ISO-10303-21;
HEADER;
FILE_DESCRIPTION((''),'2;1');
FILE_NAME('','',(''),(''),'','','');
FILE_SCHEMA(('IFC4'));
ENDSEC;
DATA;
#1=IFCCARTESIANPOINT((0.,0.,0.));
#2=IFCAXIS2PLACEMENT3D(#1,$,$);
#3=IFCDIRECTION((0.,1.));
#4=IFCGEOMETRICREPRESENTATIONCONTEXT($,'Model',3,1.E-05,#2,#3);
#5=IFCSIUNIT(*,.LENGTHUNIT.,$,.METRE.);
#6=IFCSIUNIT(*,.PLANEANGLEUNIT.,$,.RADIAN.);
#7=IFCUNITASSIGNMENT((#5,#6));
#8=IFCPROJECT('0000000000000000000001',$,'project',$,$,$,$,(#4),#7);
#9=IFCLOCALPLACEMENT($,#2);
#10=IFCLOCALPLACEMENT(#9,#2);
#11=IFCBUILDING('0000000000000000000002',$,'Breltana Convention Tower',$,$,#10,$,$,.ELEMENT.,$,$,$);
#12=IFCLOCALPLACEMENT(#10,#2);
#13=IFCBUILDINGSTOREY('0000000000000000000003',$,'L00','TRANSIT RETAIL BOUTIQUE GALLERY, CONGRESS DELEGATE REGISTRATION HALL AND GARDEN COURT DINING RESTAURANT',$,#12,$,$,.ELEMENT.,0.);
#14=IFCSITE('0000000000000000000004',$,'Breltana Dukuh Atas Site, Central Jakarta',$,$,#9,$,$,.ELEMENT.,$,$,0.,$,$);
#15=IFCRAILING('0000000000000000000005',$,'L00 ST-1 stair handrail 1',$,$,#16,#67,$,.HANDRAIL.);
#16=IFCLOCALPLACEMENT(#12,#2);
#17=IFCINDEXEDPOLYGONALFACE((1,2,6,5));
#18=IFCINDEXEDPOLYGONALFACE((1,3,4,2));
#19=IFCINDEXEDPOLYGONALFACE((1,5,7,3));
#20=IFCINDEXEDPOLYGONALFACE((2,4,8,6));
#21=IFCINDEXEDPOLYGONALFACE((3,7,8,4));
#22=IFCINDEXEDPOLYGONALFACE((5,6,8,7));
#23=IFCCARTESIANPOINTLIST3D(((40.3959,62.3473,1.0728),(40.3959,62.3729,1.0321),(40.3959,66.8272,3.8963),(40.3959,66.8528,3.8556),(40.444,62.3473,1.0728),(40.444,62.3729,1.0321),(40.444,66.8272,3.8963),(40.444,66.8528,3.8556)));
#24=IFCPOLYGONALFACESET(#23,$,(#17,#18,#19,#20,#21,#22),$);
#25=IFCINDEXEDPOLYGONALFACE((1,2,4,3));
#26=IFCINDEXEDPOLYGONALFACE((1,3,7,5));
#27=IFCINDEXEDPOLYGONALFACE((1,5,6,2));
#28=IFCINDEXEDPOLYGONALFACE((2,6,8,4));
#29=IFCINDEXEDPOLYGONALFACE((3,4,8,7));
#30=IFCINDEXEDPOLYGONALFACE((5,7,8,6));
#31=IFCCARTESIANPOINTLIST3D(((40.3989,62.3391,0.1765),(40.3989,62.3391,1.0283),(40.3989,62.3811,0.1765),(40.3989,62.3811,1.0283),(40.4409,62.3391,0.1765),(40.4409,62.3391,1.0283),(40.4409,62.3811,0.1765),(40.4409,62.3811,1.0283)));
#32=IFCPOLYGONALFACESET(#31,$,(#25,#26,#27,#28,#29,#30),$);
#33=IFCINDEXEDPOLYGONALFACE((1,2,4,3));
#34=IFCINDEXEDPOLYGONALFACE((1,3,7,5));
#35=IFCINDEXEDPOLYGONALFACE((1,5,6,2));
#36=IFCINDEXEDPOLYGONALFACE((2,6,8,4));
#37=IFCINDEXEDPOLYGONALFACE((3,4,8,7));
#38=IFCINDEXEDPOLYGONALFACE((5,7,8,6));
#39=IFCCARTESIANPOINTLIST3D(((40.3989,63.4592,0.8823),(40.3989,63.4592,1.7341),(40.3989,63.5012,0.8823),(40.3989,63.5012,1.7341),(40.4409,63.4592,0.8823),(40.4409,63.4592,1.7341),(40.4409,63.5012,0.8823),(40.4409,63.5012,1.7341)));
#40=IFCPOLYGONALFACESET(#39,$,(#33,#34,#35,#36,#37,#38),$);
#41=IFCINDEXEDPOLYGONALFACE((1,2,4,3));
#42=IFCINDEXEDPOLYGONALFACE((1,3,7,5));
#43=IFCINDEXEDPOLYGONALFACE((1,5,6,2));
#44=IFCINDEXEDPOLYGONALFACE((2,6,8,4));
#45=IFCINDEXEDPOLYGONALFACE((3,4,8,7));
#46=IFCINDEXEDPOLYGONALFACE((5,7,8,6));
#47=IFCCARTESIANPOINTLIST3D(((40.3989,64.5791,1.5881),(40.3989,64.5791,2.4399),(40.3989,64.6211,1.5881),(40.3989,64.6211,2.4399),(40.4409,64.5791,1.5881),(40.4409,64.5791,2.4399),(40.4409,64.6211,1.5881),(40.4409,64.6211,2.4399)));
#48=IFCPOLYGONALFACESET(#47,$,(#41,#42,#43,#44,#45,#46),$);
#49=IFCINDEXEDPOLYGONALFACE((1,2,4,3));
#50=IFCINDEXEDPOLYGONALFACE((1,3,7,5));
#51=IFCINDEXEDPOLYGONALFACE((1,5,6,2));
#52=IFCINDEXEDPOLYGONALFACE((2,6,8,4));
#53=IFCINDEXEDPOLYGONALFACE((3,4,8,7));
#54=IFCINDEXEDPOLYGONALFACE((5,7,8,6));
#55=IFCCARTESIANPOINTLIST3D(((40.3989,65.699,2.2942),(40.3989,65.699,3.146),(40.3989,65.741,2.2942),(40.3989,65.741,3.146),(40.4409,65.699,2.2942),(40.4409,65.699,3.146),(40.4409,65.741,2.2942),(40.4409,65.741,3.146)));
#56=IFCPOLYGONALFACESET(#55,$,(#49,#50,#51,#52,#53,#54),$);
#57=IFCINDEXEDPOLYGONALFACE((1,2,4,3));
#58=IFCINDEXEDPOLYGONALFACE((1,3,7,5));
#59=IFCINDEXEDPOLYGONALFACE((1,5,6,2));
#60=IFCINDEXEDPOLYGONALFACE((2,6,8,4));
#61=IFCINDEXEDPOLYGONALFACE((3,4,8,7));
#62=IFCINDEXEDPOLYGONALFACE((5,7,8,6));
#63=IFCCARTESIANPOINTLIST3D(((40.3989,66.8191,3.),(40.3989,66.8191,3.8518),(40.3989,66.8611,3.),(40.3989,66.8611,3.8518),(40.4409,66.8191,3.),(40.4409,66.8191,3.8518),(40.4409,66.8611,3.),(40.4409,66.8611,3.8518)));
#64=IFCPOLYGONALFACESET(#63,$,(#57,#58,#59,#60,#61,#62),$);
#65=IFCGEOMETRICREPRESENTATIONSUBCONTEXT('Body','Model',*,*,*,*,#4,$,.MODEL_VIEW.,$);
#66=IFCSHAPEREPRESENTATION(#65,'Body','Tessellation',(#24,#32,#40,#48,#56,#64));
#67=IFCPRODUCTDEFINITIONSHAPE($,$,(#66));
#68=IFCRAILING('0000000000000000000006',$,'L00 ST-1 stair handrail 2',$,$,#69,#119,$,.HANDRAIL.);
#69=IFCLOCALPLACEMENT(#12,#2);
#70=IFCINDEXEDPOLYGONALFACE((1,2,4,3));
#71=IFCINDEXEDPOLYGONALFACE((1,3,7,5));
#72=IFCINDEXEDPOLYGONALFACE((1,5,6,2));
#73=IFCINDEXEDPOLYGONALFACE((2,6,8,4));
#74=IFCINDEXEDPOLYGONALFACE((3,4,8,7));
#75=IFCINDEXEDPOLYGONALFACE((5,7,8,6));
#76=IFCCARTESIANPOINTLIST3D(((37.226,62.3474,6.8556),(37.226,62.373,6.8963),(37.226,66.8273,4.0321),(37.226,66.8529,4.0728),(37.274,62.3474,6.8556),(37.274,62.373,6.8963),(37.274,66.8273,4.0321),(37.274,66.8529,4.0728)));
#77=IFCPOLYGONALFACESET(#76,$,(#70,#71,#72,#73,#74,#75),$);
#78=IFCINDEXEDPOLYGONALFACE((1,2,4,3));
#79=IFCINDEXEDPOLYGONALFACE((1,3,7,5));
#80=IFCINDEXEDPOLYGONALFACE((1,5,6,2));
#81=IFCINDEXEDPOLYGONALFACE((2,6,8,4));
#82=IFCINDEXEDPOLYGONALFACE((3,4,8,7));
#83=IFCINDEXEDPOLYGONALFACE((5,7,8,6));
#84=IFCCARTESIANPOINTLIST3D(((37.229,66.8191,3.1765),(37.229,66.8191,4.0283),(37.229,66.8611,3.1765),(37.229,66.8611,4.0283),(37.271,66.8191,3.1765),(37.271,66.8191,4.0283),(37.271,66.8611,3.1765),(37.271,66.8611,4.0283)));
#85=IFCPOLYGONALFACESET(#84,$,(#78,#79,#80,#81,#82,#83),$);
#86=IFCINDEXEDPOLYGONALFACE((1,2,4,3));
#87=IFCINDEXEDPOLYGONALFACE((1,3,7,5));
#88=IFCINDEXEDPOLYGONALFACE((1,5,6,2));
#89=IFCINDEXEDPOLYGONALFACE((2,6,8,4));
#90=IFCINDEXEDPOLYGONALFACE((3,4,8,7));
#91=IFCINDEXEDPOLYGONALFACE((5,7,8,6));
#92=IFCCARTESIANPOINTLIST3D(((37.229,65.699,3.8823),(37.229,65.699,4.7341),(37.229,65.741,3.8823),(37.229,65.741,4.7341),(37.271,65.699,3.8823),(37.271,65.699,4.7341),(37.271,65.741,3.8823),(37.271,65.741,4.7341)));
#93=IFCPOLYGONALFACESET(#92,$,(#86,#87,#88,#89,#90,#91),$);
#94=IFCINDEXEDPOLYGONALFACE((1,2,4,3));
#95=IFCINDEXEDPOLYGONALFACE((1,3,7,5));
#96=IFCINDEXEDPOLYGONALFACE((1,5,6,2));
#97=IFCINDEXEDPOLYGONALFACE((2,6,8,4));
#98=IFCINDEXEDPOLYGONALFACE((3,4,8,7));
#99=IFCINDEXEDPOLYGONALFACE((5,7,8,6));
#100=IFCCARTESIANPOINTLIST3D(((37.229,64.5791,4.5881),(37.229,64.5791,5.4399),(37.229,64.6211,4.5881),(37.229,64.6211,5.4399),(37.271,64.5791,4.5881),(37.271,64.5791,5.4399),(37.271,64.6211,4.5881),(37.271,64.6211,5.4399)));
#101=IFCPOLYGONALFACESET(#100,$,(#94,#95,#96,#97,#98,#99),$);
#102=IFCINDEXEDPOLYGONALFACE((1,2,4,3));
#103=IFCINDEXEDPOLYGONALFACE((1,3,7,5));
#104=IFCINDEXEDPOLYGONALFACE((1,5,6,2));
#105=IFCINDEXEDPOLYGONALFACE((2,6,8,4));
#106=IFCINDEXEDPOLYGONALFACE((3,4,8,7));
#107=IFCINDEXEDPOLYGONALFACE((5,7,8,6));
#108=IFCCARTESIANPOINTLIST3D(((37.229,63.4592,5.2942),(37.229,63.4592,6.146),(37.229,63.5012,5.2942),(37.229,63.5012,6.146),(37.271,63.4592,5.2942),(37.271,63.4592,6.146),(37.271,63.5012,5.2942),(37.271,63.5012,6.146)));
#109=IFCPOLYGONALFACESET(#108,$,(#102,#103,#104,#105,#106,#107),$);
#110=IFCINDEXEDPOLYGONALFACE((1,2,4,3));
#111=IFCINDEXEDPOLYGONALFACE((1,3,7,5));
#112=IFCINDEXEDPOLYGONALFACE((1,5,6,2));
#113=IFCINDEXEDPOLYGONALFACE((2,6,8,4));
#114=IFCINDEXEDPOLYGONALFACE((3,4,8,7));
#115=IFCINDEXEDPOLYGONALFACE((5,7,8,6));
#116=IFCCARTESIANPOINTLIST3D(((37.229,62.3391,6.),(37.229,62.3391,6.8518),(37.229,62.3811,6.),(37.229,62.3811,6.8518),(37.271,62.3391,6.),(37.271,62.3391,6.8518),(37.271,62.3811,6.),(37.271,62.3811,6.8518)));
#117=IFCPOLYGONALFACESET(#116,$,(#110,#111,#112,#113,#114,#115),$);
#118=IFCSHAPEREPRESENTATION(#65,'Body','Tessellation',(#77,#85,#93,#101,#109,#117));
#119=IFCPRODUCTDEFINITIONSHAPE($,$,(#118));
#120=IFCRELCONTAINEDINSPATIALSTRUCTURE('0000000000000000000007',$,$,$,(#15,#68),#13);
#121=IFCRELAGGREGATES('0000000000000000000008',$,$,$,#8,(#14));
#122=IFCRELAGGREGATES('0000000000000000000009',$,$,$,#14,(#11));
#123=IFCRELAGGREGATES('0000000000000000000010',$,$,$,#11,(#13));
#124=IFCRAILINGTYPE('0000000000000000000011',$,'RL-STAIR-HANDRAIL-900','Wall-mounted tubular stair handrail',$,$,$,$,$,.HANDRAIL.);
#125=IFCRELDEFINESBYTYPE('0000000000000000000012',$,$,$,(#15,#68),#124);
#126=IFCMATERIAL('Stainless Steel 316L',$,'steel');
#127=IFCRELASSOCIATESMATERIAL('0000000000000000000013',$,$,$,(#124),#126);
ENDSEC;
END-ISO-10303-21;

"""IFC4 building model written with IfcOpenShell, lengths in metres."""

from ifc_helpers import new_model, si_unit, direction, frame, origin, origin_2d, place, context, subcontext, project, spatial, rectangle, extrude, material, type_object, element, save


model = new_model("IFC4")

# Units and contexts
model_context = context("Model", 3, precision=1e-05, world=origin(), true_north=direction((0.0, 1.0)))
body_context = subcontext(model_context, "Body", "Model", "MODEL_VIEW")
ifc_project = project(units=[si_unit("LENGTHUNIT", "METRE"), si_unit("PLANEANGLEUNIT", "RADIAN")], contexts=[model_context])

# Site, building, storey
site_placement = place(None, origin())
site = spatial("IfcSite", under=ifc_project, at=site_placement, Name="Breltana Dukuh Atas Site, Central Jakarta", CompositionType="ELEMENT", RefElevation=0.0)
building_placement = place(site_placement, origin())
building = spatial("IfcBuilding", under=site, at=building_placement, Name="Breltana Convention Tower", CompositionType="ELEMENT")
storey_placement = place(building_placement, origin())
storey = spatial("IfcBuildingStorey", under=building, at=storey_placement, Name="L00", Description="TRANSIT RETAIL BOUTIQUE GALLERY, CONGRESS DELEGATE REGISTRATION HALL AND GARDEN COURT DINING RESTAURANT", CompositionType="ELEMENT", Elevation=0.0)

# Railings
ifc_material_1 = material(Name="Stainless Steel 316L", Category="steel")
railing_type_1 = type_object("IfcRailingType", Name="RL-STAIR-HANDRAIL-900", Description="Wall-mounted tubular stair handrail", PredefinedType="HANDRAIL", material=ifc_material_1)
railing_1_placement = place(storey_placement, frame((40.4199, 62.3601, 0.1765)))
element("IfcRailing", 1, at=railing_1_placement, inside=storey, type_object=railing_type_1, Name="L00 ST-1 stair handrail 1", PredefinedType="HANDRAIL", context=body_context, shape_type="SweptSolid", body=[
    extrude(rectangle(XDim=0.0481, YDim=0.0481, at=origin_2d()), frame((0.0, 0.0, 0.876), z_axis=(0.0, 0.845998, 0.533186), x_axis=(-1.0, 0.0, 0.0)), (0.0, 0.0, 1.0), 5.2954),
    extrude(rectangle(XDim=0.042, YDim=0.042, at=origin_2d()), origin(), (0.0, 0.0, 1.0), 0.8518),
    extrude(rectangle(XDim=0.042, YDim=0.042, at=origin_2d()), frame((0.0, 1.1201, 0.7058)), (0.0, 0.0, 1.0), 0.8518),
    extrude(rectangle(XDim=0.042, YDim=0.042, at=origin_2d()), frame((0.0, 2.24, 1.4116)), (0.0, 0.0, 1.0), 0.8518),
    extrude(rectangle(XDim=0.042, YDim=0.042, at=origin_2d()), frame((0.0, 3.3599, 2.1177)), (0.0, 0.0, 1.0), 0.8518),
    extrude(rectangle(XDim=0.042, YDim=0.042, at=origin_2d()), frame((0.0, 4.48, 2.8235)), (0.0, 0.0, 1.0), 0.8518),
])
railing_2_placement = place(storey_placement, frame((37.25, 66.8401, 3.1765)))
element("IfcRailing", 2, at=railing_2_placement, inside=storey, type_object=railing_type_1, Name="L00 ST-1 stair handrail 2", PredefinedType="HANDRAIL", context=body_context, shape_type="SweptSolid", body=[
    extrude(rectangle(XDim=0.0481, YDim=0.0481, at=origin_2d()), frame((0.0, 0.0, 0.876), z_axis=(0.0, -0.845998, 0.533186), x_axis=(1.0, 0.0, 0.0)), (0.0, 0.0, 1.0), 5.2954),
    extrude(rectangle(XDim=0.042, YDim=0.042, at=origin_2d()), origin(), (0.0, 0.0, 1.0), 0.8518),
    extrude(rectangle(XDim=0.042, YDim=0.042, at=origin_2d()), frame((0.0, -1.1201, 0.7058)), (0.0, 0.0, 1.0), 0.8518),
    extrude(rectangle(XDim=0.042, YDim=0.042, at=origin_2d()), frame((0.0, -2.24, 1.4116)), (0.0, 0.0, 1.0), 0.8518),
    extrude(rectangle(XDim=0.042, YDim=0.042, at=origin_2d()), frame((0.0, -3.3599, 2.1177)), (0.0, 0.0, 1.0), 0.8518),
    extrude(rectangle(XDim=0.042, YDim=0.042, at=origin_2d()), frame((0.0, -4.48, 2.8235)), (0.0, 0.0, 1.0), 0.8518),
])

save(model, "model.ifc")
